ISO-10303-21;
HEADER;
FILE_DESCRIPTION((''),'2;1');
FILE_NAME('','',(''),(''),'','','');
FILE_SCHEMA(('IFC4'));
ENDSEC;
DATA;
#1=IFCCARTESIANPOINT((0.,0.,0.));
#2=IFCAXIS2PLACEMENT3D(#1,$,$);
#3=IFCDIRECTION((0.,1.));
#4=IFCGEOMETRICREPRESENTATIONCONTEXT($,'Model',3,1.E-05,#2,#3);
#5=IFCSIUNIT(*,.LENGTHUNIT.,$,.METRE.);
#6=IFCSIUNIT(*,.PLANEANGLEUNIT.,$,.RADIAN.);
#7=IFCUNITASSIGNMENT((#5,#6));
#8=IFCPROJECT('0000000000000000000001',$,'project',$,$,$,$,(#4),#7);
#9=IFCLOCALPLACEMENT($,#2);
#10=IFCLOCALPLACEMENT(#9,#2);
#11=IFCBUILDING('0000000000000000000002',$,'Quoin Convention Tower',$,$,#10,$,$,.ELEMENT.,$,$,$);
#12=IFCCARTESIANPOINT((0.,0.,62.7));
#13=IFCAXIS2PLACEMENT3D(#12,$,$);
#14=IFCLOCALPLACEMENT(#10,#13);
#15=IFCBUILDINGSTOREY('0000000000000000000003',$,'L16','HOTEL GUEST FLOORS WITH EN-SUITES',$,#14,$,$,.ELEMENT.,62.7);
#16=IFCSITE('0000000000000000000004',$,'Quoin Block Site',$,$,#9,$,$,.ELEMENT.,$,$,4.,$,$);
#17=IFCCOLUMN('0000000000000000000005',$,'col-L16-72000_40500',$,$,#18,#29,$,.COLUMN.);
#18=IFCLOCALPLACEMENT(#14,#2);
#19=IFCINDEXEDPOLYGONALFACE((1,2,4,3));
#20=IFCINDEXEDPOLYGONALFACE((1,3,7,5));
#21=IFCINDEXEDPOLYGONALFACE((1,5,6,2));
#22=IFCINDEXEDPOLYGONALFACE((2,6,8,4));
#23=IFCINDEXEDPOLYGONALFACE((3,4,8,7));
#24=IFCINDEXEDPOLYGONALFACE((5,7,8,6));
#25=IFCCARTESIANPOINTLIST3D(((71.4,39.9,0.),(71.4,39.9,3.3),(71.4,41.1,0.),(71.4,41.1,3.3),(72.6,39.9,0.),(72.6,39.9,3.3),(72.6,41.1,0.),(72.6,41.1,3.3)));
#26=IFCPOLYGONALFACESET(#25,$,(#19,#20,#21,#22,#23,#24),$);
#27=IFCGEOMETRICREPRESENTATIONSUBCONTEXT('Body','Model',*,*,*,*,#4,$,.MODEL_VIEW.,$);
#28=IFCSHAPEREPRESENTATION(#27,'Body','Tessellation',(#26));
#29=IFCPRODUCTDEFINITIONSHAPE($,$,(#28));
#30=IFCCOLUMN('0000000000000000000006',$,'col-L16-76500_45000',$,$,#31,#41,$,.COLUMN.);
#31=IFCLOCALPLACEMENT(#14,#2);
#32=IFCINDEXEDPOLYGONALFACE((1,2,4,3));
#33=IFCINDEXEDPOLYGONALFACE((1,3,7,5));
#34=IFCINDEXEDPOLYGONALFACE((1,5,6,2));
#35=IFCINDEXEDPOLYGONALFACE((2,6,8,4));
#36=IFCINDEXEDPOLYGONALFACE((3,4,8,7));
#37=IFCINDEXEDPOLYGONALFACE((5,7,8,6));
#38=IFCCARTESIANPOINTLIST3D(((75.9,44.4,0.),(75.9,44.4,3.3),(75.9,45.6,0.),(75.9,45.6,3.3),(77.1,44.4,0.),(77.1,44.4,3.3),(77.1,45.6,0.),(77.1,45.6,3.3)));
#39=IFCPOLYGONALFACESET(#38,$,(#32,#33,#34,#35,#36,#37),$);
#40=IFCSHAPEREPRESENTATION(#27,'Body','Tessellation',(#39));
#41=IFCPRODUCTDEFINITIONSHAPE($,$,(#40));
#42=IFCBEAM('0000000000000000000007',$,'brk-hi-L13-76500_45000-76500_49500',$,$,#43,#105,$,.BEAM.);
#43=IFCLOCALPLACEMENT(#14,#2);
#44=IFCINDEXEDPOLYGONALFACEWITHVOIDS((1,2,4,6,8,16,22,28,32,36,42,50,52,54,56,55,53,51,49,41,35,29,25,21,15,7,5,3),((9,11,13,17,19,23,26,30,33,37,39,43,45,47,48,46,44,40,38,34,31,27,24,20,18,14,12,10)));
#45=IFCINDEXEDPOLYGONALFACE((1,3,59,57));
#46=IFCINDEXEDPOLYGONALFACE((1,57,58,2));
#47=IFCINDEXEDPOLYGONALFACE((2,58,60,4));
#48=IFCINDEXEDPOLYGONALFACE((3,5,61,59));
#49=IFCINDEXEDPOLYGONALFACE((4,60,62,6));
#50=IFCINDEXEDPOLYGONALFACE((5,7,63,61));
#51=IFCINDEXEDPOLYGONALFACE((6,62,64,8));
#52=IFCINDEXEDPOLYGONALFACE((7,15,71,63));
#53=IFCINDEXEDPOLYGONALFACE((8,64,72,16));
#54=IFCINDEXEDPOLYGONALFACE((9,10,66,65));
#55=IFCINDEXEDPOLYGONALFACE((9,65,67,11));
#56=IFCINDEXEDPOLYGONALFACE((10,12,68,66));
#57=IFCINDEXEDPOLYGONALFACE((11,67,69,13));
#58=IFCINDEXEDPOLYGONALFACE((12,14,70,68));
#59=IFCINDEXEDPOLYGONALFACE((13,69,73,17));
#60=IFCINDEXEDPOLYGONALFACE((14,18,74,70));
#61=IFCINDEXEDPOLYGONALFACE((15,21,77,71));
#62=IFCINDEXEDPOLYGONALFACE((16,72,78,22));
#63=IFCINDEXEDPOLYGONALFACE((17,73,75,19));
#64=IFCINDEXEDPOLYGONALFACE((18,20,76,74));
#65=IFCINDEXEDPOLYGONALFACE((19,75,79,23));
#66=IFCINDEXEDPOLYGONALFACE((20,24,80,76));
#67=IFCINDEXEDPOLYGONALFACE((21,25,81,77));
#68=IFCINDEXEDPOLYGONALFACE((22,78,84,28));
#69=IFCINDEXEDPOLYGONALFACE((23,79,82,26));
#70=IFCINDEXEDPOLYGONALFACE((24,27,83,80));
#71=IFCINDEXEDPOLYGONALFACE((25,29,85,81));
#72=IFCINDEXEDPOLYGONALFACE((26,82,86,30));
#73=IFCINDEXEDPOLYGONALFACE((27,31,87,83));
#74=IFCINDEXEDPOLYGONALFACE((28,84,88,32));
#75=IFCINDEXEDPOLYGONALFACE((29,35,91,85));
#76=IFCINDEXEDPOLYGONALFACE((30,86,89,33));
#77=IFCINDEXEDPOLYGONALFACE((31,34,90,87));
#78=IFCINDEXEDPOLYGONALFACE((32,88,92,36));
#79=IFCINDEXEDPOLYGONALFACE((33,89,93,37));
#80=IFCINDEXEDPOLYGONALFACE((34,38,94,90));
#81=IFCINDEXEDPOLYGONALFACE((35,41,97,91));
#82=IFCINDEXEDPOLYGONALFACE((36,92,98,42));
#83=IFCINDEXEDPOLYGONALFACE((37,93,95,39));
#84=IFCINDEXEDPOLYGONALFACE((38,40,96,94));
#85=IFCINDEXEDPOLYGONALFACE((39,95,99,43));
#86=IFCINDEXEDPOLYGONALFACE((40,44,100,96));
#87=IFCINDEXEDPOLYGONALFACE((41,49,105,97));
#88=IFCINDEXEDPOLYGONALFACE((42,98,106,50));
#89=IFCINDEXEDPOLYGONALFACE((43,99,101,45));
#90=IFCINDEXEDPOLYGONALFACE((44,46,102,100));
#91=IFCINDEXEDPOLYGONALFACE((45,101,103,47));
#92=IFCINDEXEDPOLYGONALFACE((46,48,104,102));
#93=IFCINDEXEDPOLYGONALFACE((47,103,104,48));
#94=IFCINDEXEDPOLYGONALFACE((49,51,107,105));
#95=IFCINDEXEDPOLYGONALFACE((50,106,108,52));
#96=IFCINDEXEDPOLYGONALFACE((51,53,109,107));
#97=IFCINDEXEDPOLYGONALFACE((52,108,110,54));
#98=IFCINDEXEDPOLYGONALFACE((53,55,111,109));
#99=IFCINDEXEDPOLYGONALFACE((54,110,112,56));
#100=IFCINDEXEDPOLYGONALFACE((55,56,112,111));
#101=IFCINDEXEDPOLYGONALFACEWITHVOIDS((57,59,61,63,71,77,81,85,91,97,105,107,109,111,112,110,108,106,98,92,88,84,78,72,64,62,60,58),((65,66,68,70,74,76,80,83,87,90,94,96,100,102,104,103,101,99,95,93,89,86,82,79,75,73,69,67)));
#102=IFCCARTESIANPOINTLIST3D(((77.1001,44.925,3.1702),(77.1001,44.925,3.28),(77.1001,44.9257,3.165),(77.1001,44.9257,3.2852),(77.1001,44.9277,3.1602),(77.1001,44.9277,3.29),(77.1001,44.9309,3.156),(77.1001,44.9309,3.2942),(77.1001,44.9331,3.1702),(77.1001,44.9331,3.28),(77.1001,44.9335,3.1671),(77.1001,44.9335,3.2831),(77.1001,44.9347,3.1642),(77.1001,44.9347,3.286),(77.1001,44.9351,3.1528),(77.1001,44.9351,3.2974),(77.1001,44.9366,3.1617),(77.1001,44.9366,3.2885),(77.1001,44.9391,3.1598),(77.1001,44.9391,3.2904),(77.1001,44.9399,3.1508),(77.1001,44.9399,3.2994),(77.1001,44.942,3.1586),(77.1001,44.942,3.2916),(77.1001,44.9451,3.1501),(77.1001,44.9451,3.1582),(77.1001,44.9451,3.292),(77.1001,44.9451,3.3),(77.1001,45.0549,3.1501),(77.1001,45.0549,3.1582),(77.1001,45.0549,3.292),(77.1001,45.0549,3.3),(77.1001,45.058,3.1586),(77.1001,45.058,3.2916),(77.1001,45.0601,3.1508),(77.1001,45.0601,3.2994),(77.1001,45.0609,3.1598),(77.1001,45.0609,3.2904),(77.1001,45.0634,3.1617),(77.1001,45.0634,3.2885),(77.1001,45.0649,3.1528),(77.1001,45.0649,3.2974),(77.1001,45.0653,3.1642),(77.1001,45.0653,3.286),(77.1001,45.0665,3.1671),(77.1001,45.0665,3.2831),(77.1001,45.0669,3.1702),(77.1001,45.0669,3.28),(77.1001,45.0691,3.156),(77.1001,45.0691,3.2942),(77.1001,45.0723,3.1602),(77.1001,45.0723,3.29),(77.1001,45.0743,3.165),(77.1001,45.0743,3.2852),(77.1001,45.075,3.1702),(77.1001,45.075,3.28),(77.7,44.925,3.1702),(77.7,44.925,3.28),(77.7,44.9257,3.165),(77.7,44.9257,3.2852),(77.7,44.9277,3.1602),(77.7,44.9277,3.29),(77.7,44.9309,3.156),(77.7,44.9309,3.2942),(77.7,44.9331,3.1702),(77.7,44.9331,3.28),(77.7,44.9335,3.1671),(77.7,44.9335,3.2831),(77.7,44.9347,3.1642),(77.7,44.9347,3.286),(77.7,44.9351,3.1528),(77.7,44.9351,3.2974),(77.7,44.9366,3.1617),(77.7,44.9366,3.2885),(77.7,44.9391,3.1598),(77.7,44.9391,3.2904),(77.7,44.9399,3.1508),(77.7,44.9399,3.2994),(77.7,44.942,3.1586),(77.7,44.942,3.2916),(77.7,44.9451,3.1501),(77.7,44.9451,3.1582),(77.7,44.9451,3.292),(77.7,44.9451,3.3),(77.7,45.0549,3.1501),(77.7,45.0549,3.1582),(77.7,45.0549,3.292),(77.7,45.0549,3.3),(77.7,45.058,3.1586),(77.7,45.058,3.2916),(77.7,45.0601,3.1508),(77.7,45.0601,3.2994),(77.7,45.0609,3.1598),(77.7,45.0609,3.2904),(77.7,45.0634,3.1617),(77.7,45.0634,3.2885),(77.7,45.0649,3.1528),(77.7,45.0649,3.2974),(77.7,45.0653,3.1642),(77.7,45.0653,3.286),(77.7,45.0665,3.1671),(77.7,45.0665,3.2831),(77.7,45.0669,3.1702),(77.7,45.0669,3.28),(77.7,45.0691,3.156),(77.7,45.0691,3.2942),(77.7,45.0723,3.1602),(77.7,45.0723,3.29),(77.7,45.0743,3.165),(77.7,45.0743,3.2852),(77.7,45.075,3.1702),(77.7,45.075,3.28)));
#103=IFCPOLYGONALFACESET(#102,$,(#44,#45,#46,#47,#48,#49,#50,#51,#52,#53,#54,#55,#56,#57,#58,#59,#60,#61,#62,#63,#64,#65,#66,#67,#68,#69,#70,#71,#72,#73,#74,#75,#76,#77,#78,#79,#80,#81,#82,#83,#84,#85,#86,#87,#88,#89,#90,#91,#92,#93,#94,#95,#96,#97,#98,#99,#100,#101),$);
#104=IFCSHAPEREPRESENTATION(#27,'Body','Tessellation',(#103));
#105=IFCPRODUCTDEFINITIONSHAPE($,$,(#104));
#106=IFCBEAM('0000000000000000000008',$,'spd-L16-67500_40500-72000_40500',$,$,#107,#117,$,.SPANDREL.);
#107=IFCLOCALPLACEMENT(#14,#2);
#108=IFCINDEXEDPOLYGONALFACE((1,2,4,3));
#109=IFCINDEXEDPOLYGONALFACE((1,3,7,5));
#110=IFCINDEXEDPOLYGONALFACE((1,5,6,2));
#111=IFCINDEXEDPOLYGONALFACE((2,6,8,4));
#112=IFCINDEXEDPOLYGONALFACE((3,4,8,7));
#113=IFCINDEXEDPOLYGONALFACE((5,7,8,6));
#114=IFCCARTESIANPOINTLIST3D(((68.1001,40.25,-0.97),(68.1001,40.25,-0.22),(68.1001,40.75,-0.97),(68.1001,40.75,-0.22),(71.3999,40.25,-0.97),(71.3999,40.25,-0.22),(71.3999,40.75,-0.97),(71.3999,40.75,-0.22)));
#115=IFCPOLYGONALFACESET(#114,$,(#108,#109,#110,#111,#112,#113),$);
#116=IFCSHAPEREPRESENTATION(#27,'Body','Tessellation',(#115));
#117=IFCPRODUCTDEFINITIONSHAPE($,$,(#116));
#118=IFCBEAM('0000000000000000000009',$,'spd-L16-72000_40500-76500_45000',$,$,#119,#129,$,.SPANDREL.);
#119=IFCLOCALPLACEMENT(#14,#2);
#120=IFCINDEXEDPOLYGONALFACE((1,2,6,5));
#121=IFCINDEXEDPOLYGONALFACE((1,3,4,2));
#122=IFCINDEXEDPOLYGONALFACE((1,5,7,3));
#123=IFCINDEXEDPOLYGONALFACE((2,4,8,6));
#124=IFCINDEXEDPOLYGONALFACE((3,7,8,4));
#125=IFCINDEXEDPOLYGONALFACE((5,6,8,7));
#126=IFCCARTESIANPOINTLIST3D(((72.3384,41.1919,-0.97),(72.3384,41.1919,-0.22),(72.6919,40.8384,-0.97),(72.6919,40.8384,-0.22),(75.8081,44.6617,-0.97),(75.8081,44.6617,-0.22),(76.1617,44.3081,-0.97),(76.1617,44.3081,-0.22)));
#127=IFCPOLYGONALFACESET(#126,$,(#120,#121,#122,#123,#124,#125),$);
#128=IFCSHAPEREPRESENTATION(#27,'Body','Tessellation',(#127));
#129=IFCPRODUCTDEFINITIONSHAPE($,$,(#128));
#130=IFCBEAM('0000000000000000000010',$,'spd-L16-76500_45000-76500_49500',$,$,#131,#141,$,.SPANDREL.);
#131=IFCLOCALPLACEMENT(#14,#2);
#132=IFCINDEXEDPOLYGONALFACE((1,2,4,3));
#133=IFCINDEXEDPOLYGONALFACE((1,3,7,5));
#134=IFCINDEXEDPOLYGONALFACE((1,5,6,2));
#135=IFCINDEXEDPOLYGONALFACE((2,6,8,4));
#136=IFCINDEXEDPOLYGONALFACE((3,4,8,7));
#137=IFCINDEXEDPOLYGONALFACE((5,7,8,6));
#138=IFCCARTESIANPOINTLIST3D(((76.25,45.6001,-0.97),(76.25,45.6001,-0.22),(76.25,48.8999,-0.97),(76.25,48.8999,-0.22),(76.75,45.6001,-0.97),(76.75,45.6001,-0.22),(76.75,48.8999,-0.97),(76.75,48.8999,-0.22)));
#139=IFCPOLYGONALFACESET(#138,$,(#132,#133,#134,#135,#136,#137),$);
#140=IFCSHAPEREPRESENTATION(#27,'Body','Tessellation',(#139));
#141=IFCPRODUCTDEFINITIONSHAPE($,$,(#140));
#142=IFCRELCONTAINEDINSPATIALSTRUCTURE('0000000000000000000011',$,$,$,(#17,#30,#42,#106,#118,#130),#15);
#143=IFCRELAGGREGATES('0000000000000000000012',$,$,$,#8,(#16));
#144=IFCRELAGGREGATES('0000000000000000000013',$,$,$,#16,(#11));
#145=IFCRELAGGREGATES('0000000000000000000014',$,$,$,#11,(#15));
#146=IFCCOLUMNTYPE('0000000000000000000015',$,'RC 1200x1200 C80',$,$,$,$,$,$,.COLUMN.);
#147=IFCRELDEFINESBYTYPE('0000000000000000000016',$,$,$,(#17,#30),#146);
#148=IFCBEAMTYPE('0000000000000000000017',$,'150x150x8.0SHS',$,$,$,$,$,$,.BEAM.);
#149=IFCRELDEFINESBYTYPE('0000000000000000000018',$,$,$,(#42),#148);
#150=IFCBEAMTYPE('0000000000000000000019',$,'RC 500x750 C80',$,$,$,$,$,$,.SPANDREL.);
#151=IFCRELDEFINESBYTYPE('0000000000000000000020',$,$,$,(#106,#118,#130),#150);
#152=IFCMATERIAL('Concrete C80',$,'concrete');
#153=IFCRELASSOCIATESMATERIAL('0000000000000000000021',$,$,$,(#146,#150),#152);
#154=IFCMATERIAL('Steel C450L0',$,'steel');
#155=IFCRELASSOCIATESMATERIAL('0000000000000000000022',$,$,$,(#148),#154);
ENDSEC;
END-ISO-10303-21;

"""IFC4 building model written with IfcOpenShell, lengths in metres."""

from ifc_helpers import new_model, si_unit, direction, frame, origin, origin_2d, place, context, subcontext, project, spatial, rectangle, hollow_rectangle, extrude, material, material_profile, profile_set, type_object, element, save


model = new_model("IFC4")

# Units and contexts
model_context = context("Model", 3, precision=1e-05, world=origin(), true_north=direction((0.0, 1.0)))
body_context = subcontext(model_context, "Body", "Model", "MODEL_VIEW")
ifc_project = project(units=[si_unit("LENGTHUNIT", "METRE"), si_unit("PLANEANGLEUNIT", "RADIAN")], contexts=[model_context])

# Site, building, storey
site_placement = place(None, origin())
site = spatial("IfcSite", under=ifc_project, at=site_placement, Name="Quoin Block Site", CompositionType="ELEMENT", RefElevation=4.0)
building_placement = place(site_placement, origin())
building = spatial("IfcBuilding", under=site, at=building_placement, Name="Quoin Convention Tower", CompositionType="ELEMENT")
storey_placement = place(building_placement, frame((0.0, 0.0, 62.7)))
storey = spatial("IfcBuildingStorey", under=building, at=storey_placement, Name="L16", Description="HOTEL GUEST FLOORS WITH EN-SUITES", CompositionType="ELEMENT", Elevation=62.7)

# Columns
ifc_material_1 = material(Name="Concrete C80", Category="concrete")
ifc_material_profile_1 = material_profile(ifc_material_1, rectangle(XDim=1.2, YDim=1.2, at=origin_2d()), Name="RC 1200x1200")
ifc_profile_set_1 = profile_set([ifc_material_profile_1], Name="Concrete C80")
column_type = type_object("IfcColumnType", Name="RC 1200x1200 C80", PredefinedType="COLUMN", material=ifc_profile_set_1)
for number, where, z_axis, x_axis, name in (
    (1, (72.0, 40.5, 0.0), (0.0, 0.0, 1.0), (1.0, 0.0, 0.0), "col-L16-72000_40500"),
    (2, (76.5, 45.0, 0.0), (0.0, 0.0, 1.0), (1.0, 0.0, 0.0), "col-L16-76500_45000"),
):
    element("IfcColumn", number, at=place(storey_placement, frame(where, z_axis=z_axis, x_axis=x_axis)), inside=storey, type_object=column_type, Name=name, PredefinedType="COLUMN", context=body_context, shape_type="SweptSolid", body=[
        extrude(rectangle(XDim=1.2, YDim=1.2, at=origin_2d()), origin(), (0.0, 0.0, 1.0), 3.3),
    ])

# Beams
ifc_material_2 = material(Name="Steel C450L0", Category="steel")
ifc_material_profile_2 = material_profile(ifc_material_2, hollow_rectangle(XDim=0.1499, YDim=0.1499, WallThickness=0.0081, InnerFilletRadius=0.012, OuterFilletRadius=0.02, at=origin_2d()), Name="150x150x8.0SHS")
ifc_profile_set_2 = profile_set([ifc_material_profile_2], Name="Steel C450L0")
beam_type_1 = type_object("IfcBeamType", Name="150x150x8.0SHS", PredefinedType="BEAM", material=ifc_profile_set_2)
beam_1_placement = place(storey_placement, frame((77.1001, 45.0, 3.2251), z_axis=(1.0, 0.0, 0.0), x_axis=(0.0, 1.0, 0.0)))
element("IfcBeam", 3, at=beam_1_placement, inside=storey, type_object=beam_type_1, Name="brk-hi-L13-76500_45000-76500_49500", PredefinedType="BEAM", context=body_context, shape_type="SweptSolid", body=[
    extrude(hollow_rectangle(XDim=0.1499, YDim=0.1499, WallThickness=0.0081, InnerFilletRadius=0.012, OuterFilletRadius=0.02, at=origin_2d()), origin(), (0.0, 0.0, 1.0), 0.5999),
])
ifc_material_profile_3 = material_profile(ifc_material_1, rectangle(XDim=0.5, YDim=0.75, at=origin_2d()), Name="RC 500x750")
ifc_profile_set_3 = profile_set([ifc_material_profile_3], Name="Concrete C80")
beam_type_2 = type_object("IfcBeamType", Name="RC 500x750 C80", PredefinedType="SPANDREL", material=ifc_profile_set_3)
beam_2_placement = place(storey_placement, frame((68.1001, 40.5, -0.595), z_axis=(1.0, 0.0, 0.0), x_axis=(0.0, 1.0, 0.0)))
element("IfcBeam", 4, at=beam_2_placement, inside=storey, type_object=beam_type_2, Name="spd-L16-67500_40500-72000_40500", PredefinedType="SPANDREL", context=body_context, shape_type="SweptSolid", body=[
    extrude(rectangle(XDim=0.5, YDim=0.75, at=origin_2d()), origin(), (0.0, 0.0, 1.0), 3.2998),
])
beam_3_placement = place(storey_placement, frame((72.5151, 41.0151, -0.595), z_axis=(0.707107, 0.707107, 0.0), x_axis=(-0.707107, 0.707107, 0.0)))
element("IfcBeam", 5, at=beam_3_placement, inside=storey, type_object=beam_type_2, Name="spd-L16-72000_40500-76500_45000", PredefinedType="SPANDREL", context=body_context, shape_type="SweptSolid", body=[
    extrude(rectangle(XDim=0.5, YDim=0.75, at=origin_2d()), origin(), (0.0, 0.0, 1.0), 4.907),
])
beam_4_placement = place(storey_placement, frame((76.5, 45.6001, -0.595), z_axis=(0.0, 1.0, 0.0), x_axis=(-1.0, 0.0, 0.0)))
element("IfcBeam", 6, at=beam_4_placement, inside=storey, type_object=beam_type_2, Name="spd-L16-76500_45000-76500_49500", PredefinedType="SPANDREL", context=body_context, shape_type="SweptSolid", body=[
    extrude(rectangle(XDim=0.5, YDim=0.75, at=origin_2d()), origin(), (0.0, 0.0, 1.0), 3.2998),
])

save(model, "model.ifc")
